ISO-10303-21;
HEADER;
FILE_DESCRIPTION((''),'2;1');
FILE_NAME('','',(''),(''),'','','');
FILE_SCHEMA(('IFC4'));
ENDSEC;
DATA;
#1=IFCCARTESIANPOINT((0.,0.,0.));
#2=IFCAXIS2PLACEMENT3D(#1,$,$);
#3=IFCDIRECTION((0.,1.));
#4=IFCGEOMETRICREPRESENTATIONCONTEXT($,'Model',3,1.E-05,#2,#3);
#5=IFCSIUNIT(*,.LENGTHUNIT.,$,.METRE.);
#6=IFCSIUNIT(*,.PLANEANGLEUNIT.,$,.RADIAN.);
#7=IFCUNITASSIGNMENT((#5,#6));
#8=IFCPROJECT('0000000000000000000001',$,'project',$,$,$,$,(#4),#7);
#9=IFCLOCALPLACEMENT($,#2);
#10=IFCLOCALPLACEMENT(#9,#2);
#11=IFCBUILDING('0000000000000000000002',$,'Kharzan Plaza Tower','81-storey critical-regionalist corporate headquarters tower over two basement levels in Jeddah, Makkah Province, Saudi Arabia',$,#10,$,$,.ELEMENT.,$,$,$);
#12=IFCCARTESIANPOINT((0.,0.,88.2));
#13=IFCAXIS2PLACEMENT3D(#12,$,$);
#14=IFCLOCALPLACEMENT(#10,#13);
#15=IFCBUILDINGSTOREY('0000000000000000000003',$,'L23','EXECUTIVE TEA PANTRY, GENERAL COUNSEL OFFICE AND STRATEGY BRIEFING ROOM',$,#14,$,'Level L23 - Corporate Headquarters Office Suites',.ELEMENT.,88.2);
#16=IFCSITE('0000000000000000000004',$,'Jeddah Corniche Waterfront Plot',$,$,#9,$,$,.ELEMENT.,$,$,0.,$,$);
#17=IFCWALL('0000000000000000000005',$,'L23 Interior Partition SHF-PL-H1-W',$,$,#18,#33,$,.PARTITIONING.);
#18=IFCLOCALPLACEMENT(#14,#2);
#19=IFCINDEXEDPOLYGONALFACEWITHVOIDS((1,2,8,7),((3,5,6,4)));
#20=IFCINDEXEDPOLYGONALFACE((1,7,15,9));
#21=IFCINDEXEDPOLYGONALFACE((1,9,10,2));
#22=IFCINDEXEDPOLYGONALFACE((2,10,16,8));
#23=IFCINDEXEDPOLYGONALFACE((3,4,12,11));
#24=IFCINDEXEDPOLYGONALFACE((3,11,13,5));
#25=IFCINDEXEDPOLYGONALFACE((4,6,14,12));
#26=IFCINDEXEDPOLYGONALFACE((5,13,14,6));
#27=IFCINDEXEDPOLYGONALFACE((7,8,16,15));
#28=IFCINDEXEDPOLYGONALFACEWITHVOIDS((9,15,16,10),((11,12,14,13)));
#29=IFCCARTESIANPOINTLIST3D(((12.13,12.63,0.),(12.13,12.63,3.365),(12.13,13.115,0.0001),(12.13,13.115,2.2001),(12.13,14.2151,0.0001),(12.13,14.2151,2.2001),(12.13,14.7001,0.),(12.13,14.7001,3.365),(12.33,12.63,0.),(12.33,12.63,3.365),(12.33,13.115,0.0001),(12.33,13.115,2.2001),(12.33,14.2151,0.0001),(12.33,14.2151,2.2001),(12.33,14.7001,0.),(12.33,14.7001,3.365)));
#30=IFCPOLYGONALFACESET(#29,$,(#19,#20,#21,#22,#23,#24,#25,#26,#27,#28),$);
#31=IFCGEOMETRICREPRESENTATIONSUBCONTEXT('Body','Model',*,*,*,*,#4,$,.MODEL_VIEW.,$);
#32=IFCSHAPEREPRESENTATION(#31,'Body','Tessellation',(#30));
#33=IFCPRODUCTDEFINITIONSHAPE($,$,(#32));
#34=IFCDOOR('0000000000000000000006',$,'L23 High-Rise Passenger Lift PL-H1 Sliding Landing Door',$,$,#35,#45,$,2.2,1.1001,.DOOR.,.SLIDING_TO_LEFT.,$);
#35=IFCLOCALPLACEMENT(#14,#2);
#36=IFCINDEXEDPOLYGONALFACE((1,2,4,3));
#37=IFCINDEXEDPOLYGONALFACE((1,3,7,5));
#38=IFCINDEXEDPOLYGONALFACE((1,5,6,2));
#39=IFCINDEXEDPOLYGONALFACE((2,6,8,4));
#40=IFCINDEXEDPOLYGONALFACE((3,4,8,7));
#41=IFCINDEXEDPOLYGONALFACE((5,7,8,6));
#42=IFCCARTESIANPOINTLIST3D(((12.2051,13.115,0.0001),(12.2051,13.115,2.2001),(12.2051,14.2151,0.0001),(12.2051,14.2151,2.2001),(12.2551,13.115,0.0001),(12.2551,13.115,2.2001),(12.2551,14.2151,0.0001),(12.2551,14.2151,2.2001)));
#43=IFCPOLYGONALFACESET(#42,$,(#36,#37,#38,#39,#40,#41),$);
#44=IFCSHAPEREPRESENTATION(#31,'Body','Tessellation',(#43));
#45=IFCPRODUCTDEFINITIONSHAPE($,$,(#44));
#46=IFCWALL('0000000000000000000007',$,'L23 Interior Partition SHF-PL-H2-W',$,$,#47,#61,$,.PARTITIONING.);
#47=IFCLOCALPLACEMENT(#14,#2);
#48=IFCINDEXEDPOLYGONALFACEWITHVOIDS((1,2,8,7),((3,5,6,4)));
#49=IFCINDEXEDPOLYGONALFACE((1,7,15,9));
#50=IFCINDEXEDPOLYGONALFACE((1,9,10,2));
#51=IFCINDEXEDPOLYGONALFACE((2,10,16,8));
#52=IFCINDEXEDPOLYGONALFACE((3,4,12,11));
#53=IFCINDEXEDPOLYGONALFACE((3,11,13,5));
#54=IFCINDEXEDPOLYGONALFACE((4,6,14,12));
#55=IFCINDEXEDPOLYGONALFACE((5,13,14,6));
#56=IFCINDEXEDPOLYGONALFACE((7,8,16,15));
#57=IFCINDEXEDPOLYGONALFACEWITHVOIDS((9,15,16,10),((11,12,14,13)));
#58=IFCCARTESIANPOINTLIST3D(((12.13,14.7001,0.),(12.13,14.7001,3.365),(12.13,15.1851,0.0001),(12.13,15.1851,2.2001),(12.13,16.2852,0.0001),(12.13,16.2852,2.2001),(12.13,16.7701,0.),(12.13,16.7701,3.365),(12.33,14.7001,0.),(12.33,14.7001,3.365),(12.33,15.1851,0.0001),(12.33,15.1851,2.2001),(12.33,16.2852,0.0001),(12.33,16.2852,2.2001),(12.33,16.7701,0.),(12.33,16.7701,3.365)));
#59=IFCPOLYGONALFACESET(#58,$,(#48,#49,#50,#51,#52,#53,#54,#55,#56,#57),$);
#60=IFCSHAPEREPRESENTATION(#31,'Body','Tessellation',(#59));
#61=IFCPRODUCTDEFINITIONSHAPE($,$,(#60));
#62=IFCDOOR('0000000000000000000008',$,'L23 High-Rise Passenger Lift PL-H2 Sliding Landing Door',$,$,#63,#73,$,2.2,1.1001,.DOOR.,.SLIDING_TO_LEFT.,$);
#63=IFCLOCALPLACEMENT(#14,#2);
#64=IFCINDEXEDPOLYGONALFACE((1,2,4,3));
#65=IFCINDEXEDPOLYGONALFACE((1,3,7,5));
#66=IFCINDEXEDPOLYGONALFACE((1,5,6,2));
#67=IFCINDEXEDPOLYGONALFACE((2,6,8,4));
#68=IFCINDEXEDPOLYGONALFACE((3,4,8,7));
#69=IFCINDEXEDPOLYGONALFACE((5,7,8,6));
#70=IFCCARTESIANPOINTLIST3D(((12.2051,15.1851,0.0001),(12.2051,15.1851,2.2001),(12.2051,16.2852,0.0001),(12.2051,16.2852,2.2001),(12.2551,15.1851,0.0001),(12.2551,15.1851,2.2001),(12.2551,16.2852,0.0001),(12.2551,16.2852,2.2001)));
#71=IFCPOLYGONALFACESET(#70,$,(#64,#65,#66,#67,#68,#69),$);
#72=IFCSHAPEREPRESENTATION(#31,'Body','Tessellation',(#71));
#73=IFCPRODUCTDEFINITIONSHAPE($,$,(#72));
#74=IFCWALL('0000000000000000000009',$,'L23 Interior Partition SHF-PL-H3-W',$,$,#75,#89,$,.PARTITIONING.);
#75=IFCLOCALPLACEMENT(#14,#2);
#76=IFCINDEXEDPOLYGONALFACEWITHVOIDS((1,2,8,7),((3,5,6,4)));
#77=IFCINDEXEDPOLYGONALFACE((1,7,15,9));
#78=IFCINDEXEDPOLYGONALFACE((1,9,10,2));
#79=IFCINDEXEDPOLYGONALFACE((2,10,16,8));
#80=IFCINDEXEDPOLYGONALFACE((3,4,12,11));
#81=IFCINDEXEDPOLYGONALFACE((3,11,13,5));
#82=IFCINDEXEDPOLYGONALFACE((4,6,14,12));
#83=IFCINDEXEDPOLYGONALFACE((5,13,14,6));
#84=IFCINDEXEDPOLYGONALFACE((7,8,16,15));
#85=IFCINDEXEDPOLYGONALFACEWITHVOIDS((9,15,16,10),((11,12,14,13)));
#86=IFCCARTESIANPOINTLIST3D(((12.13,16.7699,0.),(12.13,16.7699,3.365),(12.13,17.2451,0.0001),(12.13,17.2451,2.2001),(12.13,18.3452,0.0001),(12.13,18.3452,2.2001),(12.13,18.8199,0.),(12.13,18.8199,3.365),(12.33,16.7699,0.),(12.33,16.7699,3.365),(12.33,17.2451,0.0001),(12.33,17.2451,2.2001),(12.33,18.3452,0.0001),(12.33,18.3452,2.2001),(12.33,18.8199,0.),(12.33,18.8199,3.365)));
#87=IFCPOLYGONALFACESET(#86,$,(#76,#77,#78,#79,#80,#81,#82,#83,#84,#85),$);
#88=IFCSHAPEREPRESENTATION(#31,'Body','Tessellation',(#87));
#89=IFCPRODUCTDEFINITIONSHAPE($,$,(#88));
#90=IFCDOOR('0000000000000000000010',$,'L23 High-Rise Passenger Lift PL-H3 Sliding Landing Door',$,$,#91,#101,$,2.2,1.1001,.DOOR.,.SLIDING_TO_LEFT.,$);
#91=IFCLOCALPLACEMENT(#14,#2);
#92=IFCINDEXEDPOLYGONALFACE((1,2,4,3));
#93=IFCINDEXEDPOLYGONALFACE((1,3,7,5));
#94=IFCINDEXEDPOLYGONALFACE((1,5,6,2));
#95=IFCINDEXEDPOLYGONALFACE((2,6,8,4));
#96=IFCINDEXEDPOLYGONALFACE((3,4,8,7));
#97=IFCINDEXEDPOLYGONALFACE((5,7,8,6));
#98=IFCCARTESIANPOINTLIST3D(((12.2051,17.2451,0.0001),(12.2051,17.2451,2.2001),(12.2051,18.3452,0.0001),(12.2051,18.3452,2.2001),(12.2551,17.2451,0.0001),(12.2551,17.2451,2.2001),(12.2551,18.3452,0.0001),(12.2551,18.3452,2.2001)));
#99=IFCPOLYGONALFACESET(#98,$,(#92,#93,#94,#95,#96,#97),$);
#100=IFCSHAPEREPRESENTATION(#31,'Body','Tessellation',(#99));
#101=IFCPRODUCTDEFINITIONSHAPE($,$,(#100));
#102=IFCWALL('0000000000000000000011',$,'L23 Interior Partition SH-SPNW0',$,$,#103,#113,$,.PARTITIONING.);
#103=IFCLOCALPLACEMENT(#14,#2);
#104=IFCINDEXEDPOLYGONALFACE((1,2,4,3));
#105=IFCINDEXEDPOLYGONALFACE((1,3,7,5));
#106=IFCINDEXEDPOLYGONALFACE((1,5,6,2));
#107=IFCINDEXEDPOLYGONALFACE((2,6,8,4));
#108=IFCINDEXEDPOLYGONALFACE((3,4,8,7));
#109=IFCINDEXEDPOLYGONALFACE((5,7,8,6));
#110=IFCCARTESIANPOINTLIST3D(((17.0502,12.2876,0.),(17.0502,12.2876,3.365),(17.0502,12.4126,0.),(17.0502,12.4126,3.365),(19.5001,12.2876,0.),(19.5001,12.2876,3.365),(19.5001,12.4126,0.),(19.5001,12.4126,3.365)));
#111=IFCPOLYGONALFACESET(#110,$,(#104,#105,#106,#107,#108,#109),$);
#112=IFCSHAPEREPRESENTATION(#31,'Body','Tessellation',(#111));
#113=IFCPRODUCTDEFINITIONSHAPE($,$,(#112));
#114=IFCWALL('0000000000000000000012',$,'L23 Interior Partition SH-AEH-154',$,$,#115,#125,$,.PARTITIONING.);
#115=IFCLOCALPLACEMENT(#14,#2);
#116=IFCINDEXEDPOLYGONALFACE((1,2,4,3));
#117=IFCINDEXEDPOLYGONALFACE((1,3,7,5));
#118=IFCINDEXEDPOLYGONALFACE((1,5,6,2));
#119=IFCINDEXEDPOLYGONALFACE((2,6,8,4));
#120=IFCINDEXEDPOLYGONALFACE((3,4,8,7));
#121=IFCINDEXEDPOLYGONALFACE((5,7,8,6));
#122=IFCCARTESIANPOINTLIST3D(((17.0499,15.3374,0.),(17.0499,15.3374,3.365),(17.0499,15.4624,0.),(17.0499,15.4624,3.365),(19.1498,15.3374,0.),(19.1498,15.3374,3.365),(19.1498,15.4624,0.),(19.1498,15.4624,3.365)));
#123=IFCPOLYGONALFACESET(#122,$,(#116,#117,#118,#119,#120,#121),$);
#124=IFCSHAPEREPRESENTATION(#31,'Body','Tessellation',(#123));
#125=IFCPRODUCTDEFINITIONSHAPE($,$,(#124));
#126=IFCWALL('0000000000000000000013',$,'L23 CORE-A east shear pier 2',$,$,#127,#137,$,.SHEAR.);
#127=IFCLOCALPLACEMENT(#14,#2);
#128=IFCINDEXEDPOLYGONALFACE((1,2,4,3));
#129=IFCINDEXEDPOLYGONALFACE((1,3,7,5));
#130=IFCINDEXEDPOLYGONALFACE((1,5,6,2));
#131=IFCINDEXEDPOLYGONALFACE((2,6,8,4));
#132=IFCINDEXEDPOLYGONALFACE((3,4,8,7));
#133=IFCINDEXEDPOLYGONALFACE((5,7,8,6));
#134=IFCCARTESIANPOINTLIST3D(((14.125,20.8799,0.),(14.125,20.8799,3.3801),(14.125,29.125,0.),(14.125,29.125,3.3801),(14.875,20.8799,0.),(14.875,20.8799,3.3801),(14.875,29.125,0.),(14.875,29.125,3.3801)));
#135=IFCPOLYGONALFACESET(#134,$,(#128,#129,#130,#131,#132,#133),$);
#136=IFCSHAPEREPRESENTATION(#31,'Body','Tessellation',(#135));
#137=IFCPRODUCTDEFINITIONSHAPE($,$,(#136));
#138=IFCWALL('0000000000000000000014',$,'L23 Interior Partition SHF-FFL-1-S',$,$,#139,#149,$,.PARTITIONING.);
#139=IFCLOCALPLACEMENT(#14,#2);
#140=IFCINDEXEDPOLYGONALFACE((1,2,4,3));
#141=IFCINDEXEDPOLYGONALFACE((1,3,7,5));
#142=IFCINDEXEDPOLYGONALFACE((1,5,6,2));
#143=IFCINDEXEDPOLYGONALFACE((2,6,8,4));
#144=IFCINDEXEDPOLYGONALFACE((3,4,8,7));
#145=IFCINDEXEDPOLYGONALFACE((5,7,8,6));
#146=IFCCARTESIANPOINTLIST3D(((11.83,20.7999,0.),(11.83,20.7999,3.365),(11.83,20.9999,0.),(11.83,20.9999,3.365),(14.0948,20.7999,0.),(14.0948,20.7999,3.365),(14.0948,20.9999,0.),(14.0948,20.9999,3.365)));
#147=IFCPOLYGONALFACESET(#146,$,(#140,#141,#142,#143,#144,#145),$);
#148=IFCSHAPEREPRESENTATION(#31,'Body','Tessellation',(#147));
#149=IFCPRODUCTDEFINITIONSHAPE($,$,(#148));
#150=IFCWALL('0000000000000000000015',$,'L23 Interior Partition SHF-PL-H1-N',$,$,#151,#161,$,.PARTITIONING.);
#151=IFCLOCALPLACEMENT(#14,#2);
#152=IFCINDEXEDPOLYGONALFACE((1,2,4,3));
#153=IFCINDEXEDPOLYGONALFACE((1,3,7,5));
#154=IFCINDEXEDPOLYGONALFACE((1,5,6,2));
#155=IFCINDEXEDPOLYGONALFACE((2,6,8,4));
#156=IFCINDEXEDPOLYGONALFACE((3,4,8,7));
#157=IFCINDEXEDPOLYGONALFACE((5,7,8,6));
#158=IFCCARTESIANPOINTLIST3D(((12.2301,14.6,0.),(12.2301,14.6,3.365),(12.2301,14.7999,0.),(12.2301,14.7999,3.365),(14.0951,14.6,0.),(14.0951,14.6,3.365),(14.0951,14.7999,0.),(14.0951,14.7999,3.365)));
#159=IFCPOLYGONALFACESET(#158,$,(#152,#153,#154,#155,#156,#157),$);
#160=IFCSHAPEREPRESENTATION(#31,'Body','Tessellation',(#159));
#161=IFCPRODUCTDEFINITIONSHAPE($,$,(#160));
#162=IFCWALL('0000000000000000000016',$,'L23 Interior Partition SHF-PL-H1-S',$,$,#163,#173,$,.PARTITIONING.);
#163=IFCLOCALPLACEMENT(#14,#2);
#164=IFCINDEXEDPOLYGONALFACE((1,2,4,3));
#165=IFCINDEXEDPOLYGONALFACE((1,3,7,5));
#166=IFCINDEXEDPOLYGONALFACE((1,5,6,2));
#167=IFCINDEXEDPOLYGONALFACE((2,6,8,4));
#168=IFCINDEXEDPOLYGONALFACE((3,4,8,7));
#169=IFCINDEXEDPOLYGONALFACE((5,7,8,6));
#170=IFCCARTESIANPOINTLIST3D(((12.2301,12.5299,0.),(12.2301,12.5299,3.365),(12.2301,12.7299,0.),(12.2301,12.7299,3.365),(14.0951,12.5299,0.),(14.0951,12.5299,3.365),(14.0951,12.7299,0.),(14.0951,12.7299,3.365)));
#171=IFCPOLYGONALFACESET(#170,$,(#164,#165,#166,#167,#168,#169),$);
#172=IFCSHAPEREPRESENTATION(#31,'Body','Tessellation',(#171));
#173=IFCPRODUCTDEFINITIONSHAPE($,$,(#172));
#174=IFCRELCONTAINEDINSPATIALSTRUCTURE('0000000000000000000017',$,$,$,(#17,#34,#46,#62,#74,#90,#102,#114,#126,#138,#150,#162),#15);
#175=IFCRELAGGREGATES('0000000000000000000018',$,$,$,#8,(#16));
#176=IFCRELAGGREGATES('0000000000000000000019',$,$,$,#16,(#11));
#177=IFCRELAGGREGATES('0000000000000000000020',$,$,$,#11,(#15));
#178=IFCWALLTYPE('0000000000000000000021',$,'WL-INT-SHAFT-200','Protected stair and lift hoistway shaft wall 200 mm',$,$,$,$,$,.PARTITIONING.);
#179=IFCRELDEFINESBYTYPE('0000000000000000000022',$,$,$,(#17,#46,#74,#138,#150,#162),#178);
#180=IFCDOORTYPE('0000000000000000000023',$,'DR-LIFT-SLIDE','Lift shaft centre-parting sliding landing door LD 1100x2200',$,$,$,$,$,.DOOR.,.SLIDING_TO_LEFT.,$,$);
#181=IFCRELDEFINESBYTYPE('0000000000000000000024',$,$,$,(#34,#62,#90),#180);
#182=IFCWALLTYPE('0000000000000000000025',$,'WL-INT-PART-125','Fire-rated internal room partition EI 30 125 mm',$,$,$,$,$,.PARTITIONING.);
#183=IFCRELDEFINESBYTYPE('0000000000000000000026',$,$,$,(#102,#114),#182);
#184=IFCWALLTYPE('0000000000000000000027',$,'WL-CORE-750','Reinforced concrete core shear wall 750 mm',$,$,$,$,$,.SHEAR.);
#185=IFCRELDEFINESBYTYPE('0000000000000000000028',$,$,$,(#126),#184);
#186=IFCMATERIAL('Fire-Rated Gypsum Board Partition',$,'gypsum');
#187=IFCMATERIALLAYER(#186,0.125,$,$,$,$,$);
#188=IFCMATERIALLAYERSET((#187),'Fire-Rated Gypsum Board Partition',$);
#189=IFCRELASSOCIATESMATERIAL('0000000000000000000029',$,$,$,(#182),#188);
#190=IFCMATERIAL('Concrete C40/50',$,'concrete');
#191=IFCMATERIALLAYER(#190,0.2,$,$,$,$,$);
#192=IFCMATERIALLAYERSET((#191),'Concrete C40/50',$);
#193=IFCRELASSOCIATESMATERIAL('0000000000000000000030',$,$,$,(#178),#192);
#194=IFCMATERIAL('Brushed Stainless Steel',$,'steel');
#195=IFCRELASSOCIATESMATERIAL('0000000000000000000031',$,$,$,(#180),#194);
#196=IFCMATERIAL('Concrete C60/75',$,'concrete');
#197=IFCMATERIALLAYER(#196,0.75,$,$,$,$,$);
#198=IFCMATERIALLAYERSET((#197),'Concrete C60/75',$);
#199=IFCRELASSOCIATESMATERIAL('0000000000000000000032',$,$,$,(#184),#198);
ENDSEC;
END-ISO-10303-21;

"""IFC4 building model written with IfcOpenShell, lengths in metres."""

from ifc_helpers import new_model, si_unit, direction, frame, frame_2d, origin, place, context, subcontext, project, spatial, rectangle, extrude, source, transform, mapped, material, layer, layer_set, type_object, element, fill, save


model = new_model("IFC4")

# Units and contexts
model_context = context("Model", 3, precision=1e-05, world=origin(), true_north=direction((0.0, 1.0)))
body_context = subcontext(model_context, "Body", "Model", "MODEL_VIEW")
ifc_project = project(units=[si_unit("LENGTHUNIT", "METRE"), si_unit("PLANEANGLEUNIT", "RADIAN")], contexts=[model_context])

# Site, building, storey
site_placement = place(None, origin())
site = spatial("IfcSite", under=ifc_project, at=site_placement, Name="Jeddah Corniche Waterfront Plot", CompositionType="ELEMENT", RefElevation=0.0)
building_placement = place(site_placement, origin())
building = spatial("IfcBuilding", under=site, at=building_placement, Name="Kharzan Plaza Tower", Description="81-storey critical-regionalist corporate headquarters tower over two basement levels in Jeddah, Makkah Province, Saudi Arabia", CompositionType="ELEMENT")
storey_placement = place(building_placement, frame((0.0, 0.0, 88.2)))
storey = spatial("IfcBuildingStorey", under=building, at=storey_placement, Name="L23", Description="EXECUTIVE TEA PANTRY, GENERAL COUNSEL OFFICE AND STRATEGY BRIEFING ROOM", LongName="Level L23 - Corporate Headquarters Office Suites", CompositionType="ELEMENT", Elevation=88.2)

# Shared definitions
ifc_material_1 = material(Name="Concrete C60/75", Category="concrete")

# Walls, openings, doors
ifc_material_2 = material(Name="Fire-Rated Gypsum Board Partition", Category="gypsum")
ifc_layer_1 = layer(ifc_material_2, 0.125)
ifc_layer_set_1 = layer_set([ifc_layer_1], Name="Fire-Rated Gypsum Board Partition")
wall_type_1 = type_object("IfcWallType", Name="WL-INT-PART-125", Description="Fire-rated internal room partition EI 30 125 mm", PredefinedType="PARTITIONING", material=ifc_layer_set_1)
ifc_material_3 = material(Name="Concrete C40/50", Category="concrete")
ifc_layer_2 = layer(ifc_material_3, 0.2)
ifc_layer_set_2 = layer_set([ifc_layer_2], Name="Concrete C40/50")
wall_type_2 = type_object("IfcWallType", Name="WL-INT-SHAFT-200", Description="Protected stair and lift hoistway shaft wall 200 mm", PredefinedType="PARTITIONING", material=ifc_layer_set_2)
ifc_material_4 = material(Name="Brushed Stainless Steel", Category="steel")
door_type_1 = type_object("IfcDoorType", Name="DR-LIFT-SLIDE", Description="Lift shaft centre-parting sliding landing door LD 1100x2200", OperationType="SLIDING_TO_LEFT", PredefinedType="DOOR", material=ifc_material_4)
shared_shape_1 = source(origin(), body_context, "Body", "SweptSolid", [
    extrude(rectangle(XDim=1.1001, YDim=2.2, at=frame_2d((0.55, 1.1001))), frame((0.0, 0.0249, 0.0), z_axis=(0.0, -1.0, 0.0), x_axis=(1.0, 0.0, 0.0)), (0.0, 0.0, 1.0), 0.05),
])
wall_1_placement = place(storey_placement, frame((12.23, 12.6299, 0.0), z_axis=(0.0, 0.0, 1.0), x_axis=(0.0, 1.0, 0.0)))
wall_1 = element("IfcWall", 1, at=wall_1_placement, inside=storey, type_object=wall_type_2, Name="L23 Interior Partition SHF-PL-H1-W", PredefinedType="PARTITIONING", context=body_context, shape_type="SweptSolid", body=[
    extrude(rectangle(XDim=2.0701, YDim=0.2, at=frame_2d((1.0352, 0.0))), origin(), (0.0, 0.0, 1.0), 3.365),
])
opening_1_placement = place(wall_1_placement, frame((0.4851, 0.0, 0.0)))
opening_1 = element("IfcOpeningElement", 2, at=opening_1_placement, cuts=wall_1, PredefinedType="OPENING", context=body_context, shape_type="SweptSolid", body=[
    extrude(rectangle(XDim=1.1001, YDim=2.2, at=frame_2d((0.55, 1.1001))), frame((0.0, 0.1099, 0.0), z_axis=(0.0, -1.0, 0.0), x_axis=(1.0, 0.0, 0.0)), (0.0, 0.0, 1.0), 0.22),
])
door_1_placement = place(opening_1_placement, origin())
door_1 = element("IfcDoor", 3, at=door_1_placement, inside=storey, type_object=door_type_1, Name="L23 High-Rise Passenger Lift PL-H1 Sliding Landing Door", OperationType="SLIDING_TO_LEFT", OverallHeight=2.2, OverallWidth=1.1001, PredefinedType="DOOR", context=body_context, shape_type="MappedRepresentation", body=[
    mapped(shared_shape_1, transform((0.0, 0.0, 0.0), x_axis=(1.0, 0.0, 0.0), y_axis=(0.0, 1.0, 0.0), z_axis=(0.0, 0.0, 1.0))),
])
fill(opening_1, door_1)
wall_2_placement = place(storey_placement, frame((12.23, 14.7, 0.0), z_axis=(0.0, 0.0, 1.0), x_axis=(0.0, 1.0, 0.0)))
wall_2 = element("IfcWall", 4, at=wall_2_placement, inside=storey, type_object=wall_type_2, Name="L23 Interior Partition SHF-PL-H2-W", PredefinedType="PARTITIONING", context=body_context, shape_type="SweptSolid", body=[
    extrude(rectangle(XDim=2.0701, YDim=0.2, at=frame_2d((1.0352, 0.0))), origin(), (0.0, 0.0, 1.0), 3.365),
])
opening_2_placement = place(wall_2_placement, frame((0.4851, 0.0, 0.0)))
opening_2 = element("IfcOpeningElement", 5, at=opening_2_placement, cuts=wall_2, PredefinedType="OPENING", context=body_context, shape_type="SweptSolid", body=[
    extrude(rectangle(XDim=1.1001, YDim=2.2, at=frame_2d((0.55, 1.1001))), frame((0.0, 0.1099, 0.0), z_axis=(0.0, -1.0, 0.0), x_axis=(1.0, 0.0, 0.0)), (0.0, 0.0, 1.0), 0.22),
])
door_2_placement = place(opening_2_placement, origin())
door_2 = element("IfcDoor", 6, at=door_2_placement, inside=storey, type_object=door_type_1, Name="L23 High-Rise Passenger Lift PL-H2 Sliding Landing Door", OperationType="SLIDING_TO_LEFT", OverallHeight=2.2, OverallWidth=1.1001, PredefinedType="DOOR", context=body_context, shape_type="MappedRepresentation", body=[
    mapped(shared_shape_1, transform((0.0, 0.0, 0.0), x_axis=(1.0, 0.0, 0.0), y_axis=(0.0, 1.0, 0.0), z_axis=(0.0, 0.0, 1.0))),
])
fill(opening_2, door_2)
wall_3_placement = place(storey_placement, frame((12.23, 16.77, 0.0), z_axis=(0.0, 0.0, 1.0), x_axis=(0.0, 1.0, 0.0)))
wall_3 = element("IfcWall", 7, at=wall_3_placement, inside=storey, type_object=wall_type_2, Name="L23 Interior Partition SHF-PL-H3-W", PredefinedType="PARTITIONING", context=body_context, shape_type="SweptSolid", body=[
    extrude(rectangle(XDim=2.05, YDim=0.2, at=frame_2d((1.0249, 0.0))), origin(), (0.0, 0.0, 1.0), 3.365),
])
opening_3_placement = place(wall_3_placement, frame((0.4751, 0.0, 0.0)))
opening_3 = element("IfcOpeningElement", 8, at=opening_3_placement, cuts=wall_3, PredefinedType="OPENING", context=body_context, shape_type="SweptSolid", body=[
    extrude(rectangle(XDim=1.1001, YDim=2.2, at=frame_2d((0.55, 1.1001))), frame((0.0, 0.1099, 0.0), z_axis=(0.0, -1.0, 0.0), x_axis=(1.0, 0.0, 0.0)), (0.0, 0.0, 1.0), 0.22),
])
door_3_placement = place(opening_3_placement, origin())
door_3 = element("IfcDoor", 9, at=door_3_placement, inside=storey, type_object=door_type_1, Name="L23 High-Rise Passenger Lift PL-H3 Sliding Landing Door", OperationType="SLIDING_TO_LEFT", OverallHeight=2.2, OverallWidth=1.1001, PredefinedType="DOOR", context=body_context, shape_type="MappedRepresentation", body=[
    mapped(shared_shape_1, transform((0.0, 0.0, 0.0), x_axis=(1.0, 0.0, 0.0), y_axis=(0.0, 1.0, 0.0), z_axis=(0.0, 0.0, 1.0))),
])
fill(opening_3, door_3)

# Walls
shared_shape_2 = source(origin(), body_context, "Body", "SweptSolid", [
    extrude(rectangle(XDim=2.45, YDim=0.125, at=frame_2d((1.2251, 0.0))), origin(), (0.0, 0.0, 1.0), 3.365),
])
wall_4_placement = place(storey_placement, frame((17.05, 12.3501, 0.0), z_axis=(0.0, 0.0, 1.0), x_axis=(1.0, 0.0, 0.0)))
element("IfcWall", 10, at=wall_4_placement, inside=storey, type_object=wall_type_1, Name="L23 Interior Partition SH-SPNW0", PredefinedType="PARTITIONING", context=body_context, shape_type="MappedRepresentation", body=[
    mapped(shared_shape_2, transform((0.0, 0.0, 0.0), x_axis=(1.0, 0.0, 0.0), y_axis=(0.0, 1.0, 0.0), z_axis=(0.0, 0.0, 1.0))),
])
shared_shape_3 = source(origin(), body_context, "Body", "SweptSolid", [
    extrude(rectangle(XDim=2.0999, YDim=0.125, at=frame_2d((1.0498, 0.0))), origin(), (0.0, 0.0, 1.0), 3.365),
])
wall_5_placement = place(storey_placement, frame((17.05, 15.3999, 0.0), z_axis=(0.0, 0.0, 1.0), x_axis=(1.0, 0.0, 0.0)))
element("IfcWall", 11, at=wall_5_placement, inside=storey, type_object=wall_type_1, Name="L23 Interior Partition SH-AEH-154", PredefinedType="PARTITIONING", context=body_context, shape_type="MappedRepresentation", body=[
    mapped(shared_shape_3, transform((0.0, 0.0, 0.0), x_axis=(1.0, 0.0, 0.0), y_axis=(0.0, 1.0, 0.0), z_axis=(0.0, 0.0, 1.0))),
])
ifc_layer_3 = layer(ifc_material_1, 0.75)
ifc_layer_set_3 = layer_set([ifc_layer_3], Name="Concrete C60/75")
wall_type_3 = type_object("IfcWallType", Name="WL-CORE-750", Description="Reinforced concrete core shear wall 750 mm", PredefinedType="SHEAR", material=ifc_layer_set_3)
shared_shape_4 = source(origin(), body_context, "Body", "SweptSolid", [
    extrude(rectangle(XDim=8.2451, YDim=0.75, at=frame_2d((4.1226, 0.0))), origin(), (0.0, 0.0, 1.0), 3.3801),
])
wall_6_placement = place(storey_placement, frame((14.5, 20.8799, 0.0), z_axis=(0.0, 0.0, 1.0), x_axis=(0.0, 1.0, 0.0)))
element("IfcWall", 12, at=wall_6_placement, inside=storey, type_object=wall_type_3, Name="L23 CORE-A east shear pier 2", PredefinedType="SHEAR", context=body_context, shape_type="MappedRepresentation", body=[
    mapped(shared_shape_4, transform((0.0, 0.0, 0.0), x_axis=(1.0, 0.0, 0.0), y_axis=(0.0, 1.0, 0.0), z_axis=(0.0, 0.0, 1.0))),
])
shared_shape_5 = source(origin(), body_context, "Body", "SweptSolid", [
    extrude(rectangle(XDim=2.2649, YDim=0.2, at=frame_2d((1.1323, 0.0))), origin(), (0.0, 0.0, 1.0), 3.365),
])
wall_7_placement = place(storey_placement, frame((11.8301, 20.8999, 0.0), z_axis=(0.0, 0.0, 1.0), x_axis=(1.0, 0.0, 0.0)))
element("IfcWall", 13, at=wall_7_placement, inside=storey, type_object=wall_type_2, Name="L23 Interior Partition SHF-FFL-1-S", PredefinedType="PARTITIONING", context=body_context, shape_type="MappedRepresentation", body=[
    mapped(shared_shape_5, transform((0.0, 0.0, 0.0), x_axis=(1.0, 0.0, 0.0), y_axis=(0.0, 1.0, 0.0), z_axis=(0.0, 0.0, 1.0))),
])
shared_shape_6 = source(origin(), body_context, "Body", "SweptSolid", [
    extrude(rectangle(XDim=1.865, YDim=0.2, at=frame_2d((0.9326, 0.0))), origin(), (0.0, 0.0, 1.0), 3.365),
])
for number, where, z_axis, x_axis, name in (
    (14, (12.23, 14.7, 0.0), (0.0, 0.0, 1.0), (1.0, 0.0, 0.0), "L23 Interior Partition SHF-PL-H1-N"),
    (15, (12.23, 12.6299, 0.0), (0.0, 0.0, 1.0), (1.0, 0.0, 0.0), "L23 Interior Partition SHF-PL-H1-S"),
):
    element("IfcWall", number, at=place(storey_placement, frame(where, z_axis=z_axis, x_axis=x_axis)), inside=storey, type_object=wall_type_2, Name=name, PredefinedType="PARTITIONING", context=body_context, shape_type="MappedRepresentation", body=[
        mapped(shared_shape_6, transform((0.0, 0.0, 0.0), x_axis=(1.0, 0.0, 0.0), y_axis=(0.0, 1.0, 0.0), z_axis=(0.0, 0.0, 1.0))),
    ])

save(model, "model.ifc")
